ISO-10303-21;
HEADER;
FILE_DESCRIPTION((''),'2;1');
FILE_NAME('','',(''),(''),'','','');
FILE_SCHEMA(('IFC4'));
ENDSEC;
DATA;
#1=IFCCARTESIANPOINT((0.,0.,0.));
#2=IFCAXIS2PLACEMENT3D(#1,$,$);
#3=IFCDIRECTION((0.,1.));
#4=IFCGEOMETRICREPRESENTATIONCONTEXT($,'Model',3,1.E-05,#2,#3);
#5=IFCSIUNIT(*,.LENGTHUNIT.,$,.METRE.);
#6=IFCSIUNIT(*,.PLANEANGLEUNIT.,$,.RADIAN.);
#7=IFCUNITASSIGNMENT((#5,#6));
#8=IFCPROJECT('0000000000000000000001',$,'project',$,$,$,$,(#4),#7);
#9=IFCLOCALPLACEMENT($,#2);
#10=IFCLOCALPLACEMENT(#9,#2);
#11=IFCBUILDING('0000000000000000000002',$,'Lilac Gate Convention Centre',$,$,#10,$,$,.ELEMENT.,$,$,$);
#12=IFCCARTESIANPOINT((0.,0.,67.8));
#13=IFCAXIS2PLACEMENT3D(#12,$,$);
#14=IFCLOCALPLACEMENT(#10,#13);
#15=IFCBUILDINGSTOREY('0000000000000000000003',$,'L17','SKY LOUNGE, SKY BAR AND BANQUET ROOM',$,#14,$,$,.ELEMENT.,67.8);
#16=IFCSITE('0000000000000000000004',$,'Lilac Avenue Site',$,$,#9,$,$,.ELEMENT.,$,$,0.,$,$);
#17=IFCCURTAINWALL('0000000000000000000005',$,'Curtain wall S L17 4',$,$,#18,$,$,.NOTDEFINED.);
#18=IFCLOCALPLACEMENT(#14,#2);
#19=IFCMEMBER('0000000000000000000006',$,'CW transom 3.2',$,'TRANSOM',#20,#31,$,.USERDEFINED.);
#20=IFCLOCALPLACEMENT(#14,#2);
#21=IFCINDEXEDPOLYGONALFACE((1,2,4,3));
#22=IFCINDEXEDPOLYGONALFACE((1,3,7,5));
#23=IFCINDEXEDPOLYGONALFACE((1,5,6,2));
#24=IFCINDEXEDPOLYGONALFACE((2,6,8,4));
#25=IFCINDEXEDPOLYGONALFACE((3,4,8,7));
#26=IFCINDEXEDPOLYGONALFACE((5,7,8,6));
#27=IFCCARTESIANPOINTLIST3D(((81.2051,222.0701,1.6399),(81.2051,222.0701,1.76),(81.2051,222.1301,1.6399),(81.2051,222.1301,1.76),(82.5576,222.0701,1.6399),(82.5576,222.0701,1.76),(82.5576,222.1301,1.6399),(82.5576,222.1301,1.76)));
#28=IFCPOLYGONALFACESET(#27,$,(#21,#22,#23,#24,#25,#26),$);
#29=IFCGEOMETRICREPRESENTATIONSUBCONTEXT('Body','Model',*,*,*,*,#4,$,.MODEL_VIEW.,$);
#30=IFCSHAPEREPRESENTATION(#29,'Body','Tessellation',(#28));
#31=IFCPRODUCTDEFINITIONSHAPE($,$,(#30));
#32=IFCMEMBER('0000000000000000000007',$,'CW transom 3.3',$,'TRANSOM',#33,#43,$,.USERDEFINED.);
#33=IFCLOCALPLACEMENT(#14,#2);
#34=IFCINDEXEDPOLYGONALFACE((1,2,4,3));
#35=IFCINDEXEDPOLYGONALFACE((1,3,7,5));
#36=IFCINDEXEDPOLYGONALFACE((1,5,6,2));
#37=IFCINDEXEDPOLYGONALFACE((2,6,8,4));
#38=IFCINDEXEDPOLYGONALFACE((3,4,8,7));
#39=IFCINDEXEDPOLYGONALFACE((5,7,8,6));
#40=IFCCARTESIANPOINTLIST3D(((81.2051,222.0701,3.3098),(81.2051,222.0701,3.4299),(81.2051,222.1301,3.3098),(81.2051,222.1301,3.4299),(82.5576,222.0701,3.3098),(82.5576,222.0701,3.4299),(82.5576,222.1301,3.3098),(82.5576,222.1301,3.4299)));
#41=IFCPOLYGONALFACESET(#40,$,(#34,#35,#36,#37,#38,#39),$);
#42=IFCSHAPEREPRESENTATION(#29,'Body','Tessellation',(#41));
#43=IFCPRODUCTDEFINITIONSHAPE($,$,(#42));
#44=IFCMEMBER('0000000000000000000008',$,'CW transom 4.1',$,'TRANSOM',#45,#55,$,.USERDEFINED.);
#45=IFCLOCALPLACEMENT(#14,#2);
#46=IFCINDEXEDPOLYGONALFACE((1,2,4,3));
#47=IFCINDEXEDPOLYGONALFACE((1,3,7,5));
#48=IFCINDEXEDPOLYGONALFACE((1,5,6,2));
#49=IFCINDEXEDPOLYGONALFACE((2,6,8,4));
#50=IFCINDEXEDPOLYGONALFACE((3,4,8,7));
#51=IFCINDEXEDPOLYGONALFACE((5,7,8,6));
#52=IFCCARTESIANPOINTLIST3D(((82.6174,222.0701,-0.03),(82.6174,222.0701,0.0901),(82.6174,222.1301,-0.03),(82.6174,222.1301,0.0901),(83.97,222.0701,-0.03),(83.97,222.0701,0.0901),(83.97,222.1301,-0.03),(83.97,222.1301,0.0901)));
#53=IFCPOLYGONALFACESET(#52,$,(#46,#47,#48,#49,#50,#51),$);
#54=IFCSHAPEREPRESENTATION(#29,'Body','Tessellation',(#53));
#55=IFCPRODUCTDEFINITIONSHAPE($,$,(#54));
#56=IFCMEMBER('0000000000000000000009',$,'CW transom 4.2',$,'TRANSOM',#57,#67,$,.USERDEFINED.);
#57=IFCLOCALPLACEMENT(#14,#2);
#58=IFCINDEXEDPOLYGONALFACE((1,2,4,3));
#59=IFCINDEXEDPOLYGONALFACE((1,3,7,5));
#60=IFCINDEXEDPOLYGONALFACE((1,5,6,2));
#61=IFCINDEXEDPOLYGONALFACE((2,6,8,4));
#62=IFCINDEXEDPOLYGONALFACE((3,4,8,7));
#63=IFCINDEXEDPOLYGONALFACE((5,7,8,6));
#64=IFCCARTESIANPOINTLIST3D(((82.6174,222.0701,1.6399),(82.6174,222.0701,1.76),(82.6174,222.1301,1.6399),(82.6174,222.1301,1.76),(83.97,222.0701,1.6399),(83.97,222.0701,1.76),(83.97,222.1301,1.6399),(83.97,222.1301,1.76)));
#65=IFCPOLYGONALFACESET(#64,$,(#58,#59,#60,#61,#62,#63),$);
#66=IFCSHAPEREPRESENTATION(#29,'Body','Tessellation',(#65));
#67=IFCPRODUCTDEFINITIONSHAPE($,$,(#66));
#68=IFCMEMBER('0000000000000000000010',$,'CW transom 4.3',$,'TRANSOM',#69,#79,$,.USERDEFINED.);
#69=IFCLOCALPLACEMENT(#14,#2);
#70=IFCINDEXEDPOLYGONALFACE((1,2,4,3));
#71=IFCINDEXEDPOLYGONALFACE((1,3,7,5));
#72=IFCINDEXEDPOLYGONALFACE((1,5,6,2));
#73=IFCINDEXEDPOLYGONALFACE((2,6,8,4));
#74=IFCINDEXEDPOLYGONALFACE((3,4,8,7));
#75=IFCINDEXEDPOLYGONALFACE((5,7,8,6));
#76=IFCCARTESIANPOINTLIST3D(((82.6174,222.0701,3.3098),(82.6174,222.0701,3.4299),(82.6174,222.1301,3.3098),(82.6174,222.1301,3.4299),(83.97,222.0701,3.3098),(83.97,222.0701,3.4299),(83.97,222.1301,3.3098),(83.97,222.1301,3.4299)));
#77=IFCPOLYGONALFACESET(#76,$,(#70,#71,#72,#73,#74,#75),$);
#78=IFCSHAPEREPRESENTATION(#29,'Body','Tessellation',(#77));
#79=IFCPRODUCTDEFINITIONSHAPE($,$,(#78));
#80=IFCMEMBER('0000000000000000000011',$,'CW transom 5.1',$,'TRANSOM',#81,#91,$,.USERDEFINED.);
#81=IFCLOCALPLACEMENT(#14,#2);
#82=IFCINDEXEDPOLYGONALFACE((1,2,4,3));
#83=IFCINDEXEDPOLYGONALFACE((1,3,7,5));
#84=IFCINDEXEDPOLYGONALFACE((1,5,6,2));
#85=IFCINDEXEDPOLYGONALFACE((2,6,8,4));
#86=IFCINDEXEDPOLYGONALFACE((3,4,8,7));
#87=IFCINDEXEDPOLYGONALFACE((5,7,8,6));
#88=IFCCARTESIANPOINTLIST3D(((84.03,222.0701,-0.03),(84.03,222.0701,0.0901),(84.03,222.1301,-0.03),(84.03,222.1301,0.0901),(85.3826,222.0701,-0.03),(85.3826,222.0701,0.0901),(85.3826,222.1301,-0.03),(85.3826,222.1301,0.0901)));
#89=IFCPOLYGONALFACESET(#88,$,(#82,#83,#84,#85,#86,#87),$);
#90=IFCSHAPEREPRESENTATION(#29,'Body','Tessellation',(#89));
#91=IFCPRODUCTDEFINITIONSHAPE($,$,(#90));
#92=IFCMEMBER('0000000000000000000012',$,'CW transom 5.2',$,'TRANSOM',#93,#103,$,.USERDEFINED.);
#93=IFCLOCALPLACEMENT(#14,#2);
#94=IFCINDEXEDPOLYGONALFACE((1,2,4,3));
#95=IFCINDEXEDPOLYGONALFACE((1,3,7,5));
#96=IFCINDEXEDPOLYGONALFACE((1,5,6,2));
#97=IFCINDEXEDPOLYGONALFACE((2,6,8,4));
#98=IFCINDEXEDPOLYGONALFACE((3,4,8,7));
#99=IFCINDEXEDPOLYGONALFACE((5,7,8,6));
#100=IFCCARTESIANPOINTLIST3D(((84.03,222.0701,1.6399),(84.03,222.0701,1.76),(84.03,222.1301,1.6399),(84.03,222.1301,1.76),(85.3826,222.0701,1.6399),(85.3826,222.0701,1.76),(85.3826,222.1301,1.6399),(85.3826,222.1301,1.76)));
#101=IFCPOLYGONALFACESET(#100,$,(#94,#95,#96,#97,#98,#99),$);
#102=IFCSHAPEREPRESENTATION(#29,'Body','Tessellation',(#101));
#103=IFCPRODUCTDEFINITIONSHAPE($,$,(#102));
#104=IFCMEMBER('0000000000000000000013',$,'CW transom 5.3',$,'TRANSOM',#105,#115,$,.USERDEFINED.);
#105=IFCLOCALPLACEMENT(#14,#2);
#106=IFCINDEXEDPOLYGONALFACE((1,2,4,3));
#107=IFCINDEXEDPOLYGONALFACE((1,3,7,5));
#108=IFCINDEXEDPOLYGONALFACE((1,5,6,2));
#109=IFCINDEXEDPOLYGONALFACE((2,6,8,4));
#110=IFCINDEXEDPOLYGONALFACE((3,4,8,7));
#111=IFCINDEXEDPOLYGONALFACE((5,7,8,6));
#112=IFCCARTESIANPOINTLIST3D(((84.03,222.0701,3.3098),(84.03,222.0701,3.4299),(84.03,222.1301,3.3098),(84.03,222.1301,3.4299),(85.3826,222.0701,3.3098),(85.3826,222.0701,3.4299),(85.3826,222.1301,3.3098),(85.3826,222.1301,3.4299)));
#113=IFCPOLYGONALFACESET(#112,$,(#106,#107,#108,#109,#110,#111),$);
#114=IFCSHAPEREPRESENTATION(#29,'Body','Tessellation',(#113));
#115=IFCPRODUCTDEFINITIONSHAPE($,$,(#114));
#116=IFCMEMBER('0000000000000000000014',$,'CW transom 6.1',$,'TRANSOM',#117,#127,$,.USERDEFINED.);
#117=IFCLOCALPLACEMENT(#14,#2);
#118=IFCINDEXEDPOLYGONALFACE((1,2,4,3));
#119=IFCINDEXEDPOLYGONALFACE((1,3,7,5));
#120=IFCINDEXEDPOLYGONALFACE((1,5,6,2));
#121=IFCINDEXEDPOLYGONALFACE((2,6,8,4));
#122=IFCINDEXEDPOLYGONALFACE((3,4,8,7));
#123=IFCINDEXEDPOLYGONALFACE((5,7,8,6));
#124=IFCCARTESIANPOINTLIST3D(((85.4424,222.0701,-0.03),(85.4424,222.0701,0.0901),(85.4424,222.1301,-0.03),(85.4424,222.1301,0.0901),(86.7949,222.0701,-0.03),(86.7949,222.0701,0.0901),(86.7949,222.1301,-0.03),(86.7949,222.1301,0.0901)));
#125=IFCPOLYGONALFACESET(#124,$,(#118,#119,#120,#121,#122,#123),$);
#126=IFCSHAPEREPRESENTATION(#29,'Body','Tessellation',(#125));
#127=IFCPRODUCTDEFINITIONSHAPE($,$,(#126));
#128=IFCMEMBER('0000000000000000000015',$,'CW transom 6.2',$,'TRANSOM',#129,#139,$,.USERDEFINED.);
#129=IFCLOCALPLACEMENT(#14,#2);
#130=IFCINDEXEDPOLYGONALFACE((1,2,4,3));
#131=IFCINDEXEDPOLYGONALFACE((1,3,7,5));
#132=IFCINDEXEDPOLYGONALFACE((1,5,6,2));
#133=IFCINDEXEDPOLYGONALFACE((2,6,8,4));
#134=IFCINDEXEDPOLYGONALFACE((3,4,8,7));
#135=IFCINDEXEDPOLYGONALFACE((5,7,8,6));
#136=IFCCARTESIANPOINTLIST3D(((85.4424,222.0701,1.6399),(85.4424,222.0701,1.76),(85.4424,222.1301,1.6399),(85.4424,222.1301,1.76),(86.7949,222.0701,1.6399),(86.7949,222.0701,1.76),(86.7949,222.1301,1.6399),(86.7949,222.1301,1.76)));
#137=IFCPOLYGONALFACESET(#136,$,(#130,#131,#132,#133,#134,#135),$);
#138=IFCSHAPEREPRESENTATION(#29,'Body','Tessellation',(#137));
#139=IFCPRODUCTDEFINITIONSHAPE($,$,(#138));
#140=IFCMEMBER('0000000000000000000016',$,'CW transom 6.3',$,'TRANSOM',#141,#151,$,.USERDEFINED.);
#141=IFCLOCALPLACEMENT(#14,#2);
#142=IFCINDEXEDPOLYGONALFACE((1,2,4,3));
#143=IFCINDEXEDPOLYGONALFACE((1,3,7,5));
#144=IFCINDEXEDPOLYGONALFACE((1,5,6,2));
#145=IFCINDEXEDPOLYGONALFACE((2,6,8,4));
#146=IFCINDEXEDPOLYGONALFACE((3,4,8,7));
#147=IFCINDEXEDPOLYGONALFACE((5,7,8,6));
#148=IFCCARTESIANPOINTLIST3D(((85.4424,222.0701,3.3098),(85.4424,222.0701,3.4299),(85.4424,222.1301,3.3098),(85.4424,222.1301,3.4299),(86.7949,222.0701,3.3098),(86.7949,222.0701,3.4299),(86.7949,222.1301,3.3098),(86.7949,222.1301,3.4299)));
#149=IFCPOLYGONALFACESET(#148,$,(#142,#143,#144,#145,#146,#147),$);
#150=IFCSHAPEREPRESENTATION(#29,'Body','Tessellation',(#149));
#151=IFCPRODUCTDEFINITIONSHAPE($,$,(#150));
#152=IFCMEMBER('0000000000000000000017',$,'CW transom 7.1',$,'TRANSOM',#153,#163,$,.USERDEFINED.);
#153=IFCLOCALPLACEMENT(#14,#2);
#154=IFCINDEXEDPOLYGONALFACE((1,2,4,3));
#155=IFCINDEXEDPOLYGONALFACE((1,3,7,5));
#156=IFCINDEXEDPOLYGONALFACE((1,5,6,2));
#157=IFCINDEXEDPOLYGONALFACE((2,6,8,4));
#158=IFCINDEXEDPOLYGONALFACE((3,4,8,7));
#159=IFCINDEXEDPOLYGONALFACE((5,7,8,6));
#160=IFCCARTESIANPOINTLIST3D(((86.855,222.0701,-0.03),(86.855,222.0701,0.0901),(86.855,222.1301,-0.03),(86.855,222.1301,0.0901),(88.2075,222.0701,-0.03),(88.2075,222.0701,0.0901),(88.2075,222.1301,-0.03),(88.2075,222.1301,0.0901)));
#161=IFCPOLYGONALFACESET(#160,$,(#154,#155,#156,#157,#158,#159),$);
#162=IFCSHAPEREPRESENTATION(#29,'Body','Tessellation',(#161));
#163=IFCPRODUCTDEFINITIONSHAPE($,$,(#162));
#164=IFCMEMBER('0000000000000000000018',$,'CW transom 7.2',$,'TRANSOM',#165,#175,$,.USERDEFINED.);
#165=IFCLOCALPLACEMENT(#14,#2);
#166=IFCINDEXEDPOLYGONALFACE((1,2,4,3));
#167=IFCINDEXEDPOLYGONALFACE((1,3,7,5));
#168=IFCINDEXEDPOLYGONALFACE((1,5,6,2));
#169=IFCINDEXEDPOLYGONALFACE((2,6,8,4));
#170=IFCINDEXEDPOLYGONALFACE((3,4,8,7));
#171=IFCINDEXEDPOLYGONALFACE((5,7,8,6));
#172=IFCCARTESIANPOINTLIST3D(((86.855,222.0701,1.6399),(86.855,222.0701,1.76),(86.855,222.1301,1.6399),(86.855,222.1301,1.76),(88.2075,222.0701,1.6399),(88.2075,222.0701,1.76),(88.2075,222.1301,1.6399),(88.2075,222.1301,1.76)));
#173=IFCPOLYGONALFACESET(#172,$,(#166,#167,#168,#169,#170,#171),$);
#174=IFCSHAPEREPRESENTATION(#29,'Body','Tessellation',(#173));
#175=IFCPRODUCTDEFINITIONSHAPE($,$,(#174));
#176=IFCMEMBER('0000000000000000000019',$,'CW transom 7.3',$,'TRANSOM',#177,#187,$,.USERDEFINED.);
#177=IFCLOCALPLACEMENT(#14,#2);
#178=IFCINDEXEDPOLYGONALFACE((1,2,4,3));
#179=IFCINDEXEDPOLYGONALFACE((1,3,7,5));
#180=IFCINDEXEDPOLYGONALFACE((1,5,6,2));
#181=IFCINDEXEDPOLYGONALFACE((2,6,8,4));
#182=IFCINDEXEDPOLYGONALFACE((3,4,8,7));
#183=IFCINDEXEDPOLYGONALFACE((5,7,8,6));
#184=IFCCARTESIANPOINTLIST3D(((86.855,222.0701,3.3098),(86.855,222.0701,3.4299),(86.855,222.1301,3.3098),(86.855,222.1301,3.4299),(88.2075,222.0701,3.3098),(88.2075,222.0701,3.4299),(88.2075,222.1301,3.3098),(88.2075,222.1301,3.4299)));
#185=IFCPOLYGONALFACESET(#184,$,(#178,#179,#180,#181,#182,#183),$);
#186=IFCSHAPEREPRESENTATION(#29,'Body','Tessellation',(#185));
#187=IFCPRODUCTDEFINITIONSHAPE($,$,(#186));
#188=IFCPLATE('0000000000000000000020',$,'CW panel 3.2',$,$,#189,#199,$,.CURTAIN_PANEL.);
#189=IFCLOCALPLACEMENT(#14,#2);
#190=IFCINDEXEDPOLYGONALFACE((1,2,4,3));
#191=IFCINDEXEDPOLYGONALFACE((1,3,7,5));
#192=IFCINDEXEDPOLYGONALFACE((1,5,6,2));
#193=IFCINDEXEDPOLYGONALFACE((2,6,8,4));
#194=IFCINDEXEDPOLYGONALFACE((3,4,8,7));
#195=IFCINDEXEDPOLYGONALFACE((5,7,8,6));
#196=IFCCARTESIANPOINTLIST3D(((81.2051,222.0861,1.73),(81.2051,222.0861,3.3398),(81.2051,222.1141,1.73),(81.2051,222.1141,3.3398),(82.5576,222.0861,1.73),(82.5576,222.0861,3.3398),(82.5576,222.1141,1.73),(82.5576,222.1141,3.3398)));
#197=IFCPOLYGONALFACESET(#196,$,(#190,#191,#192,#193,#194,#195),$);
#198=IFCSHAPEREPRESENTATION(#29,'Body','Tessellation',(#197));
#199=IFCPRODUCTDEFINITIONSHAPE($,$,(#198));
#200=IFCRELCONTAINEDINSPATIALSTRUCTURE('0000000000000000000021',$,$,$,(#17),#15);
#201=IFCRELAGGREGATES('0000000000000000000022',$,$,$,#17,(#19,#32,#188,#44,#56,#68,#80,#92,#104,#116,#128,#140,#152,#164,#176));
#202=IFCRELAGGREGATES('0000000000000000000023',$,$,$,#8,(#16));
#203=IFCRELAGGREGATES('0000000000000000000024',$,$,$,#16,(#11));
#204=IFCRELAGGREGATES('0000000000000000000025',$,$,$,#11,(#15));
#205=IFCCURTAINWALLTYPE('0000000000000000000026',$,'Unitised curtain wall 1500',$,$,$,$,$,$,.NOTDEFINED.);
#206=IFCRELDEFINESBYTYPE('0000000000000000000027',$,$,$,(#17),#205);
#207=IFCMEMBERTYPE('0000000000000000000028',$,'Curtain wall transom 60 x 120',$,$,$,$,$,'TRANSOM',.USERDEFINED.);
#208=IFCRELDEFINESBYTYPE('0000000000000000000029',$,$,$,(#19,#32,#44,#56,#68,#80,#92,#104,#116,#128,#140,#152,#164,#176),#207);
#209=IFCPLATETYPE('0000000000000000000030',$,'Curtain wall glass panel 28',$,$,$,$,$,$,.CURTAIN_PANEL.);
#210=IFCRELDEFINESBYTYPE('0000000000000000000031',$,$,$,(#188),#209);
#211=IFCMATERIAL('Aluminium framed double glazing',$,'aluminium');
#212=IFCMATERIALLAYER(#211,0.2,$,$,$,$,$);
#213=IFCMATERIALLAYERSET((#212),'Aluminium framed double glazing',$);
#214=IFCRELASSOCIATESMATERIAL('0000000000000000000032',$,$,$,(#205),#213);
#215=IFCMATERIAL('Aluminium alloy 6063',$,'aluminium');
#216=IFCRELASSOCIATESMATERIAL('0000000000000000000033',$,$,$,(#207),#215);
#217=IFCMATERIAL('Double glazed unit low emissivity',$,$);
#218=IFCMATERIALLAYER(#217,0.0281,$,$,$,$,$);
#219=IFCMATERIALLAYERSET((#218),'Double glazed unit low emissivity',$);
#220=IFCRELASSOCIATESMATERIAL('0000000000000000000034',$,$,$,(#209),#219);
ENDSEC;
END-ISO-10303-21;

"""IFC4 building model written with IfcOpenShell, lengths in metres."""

from ifc_helpers import new_model, si_unit, direction, frame, origin, origin_2d, place, context, subcontext, project, spatial, rectangle, extrude, material, layer, layer_set, material_profile, profile_set, type_object, element, aggregate, save


model = new_model("IFC4")

# Units and contexts
model_context = context("Model", 3, precision=1e-05, world=origin(), true_north=direction((0.0, 1.0)))
body_context = subcontext(model_context, "Body", "Model", "MODEL_VIEW")
ifc_project = project(units=[si_unit("LENGTHUNIT", "METRE"), si_unit("PLANEANGLEUNIT", "RADIAN")], contexts=[model_context])

# Site, building, storey
site_placement = place(None, origin())
site = spatial("IfcSite", under=ifc_project, at=site_placement, Name="Lilac Avenue Site", CompositionType="ELEMENT", RefElevation=0.0)
building_placement = place(site_placement, origin())
building = spatial("IfcBuilding", under=site, at=building_placement, Name="Lilac Gate Convention Centre", CompositionType="ELEMENT")
storey_placement = place(building_placement, frame((0.0, 0.0, 67.8)))
storey = spatial("IfcBuildingStorey", under=building, at=storey_placement, Name="L17", Description="SKY LOUNGE, SKY BAR AND BANQUET ROOM", CompositionType="ELEMENT", Elevation=67.8)

# Curtain wall, members, plate
ifc_material_1 = material(Name="Aluminium framed double glazing", Category="aluminium")
ifc_layer_1 = layer(ifc_material_1, 0.2)
ifc_layer_set_1 = layer_set([ifc_layer_1], Name="Aluminium framed double glazing")
curtain_wall_type = type_object("IfcCurtainWallType", Name="Unitised curtain wall 1500", PredefinedType="NOTDEFINED", material=ifc_layer_set_1)
curtain_wall_placement = place(storey_placement, origin())
curtain_wall = element("IfcCurtainWall", 1, at=curtain_wall_placement, inside=storey, type_object=curtain_wall_type, Name="Curtain wall S L17 4", PredefinedType="NOTDEFINED")
ifc_material_2 = material(Name="Aluminium alloy 6063", Category="aluminium")
ifc_material_profile = material_profile(ifc_material_2, rectangle(XDim=0.0601, YDim=0.1201, at=origin_2d()), Name="Curtain wall transom 60 x 120")
ifc_profile_set = profile_set([ifc_material_profile], Name="Aluminium alloy 6063")
member_type = type_object("IfcMemberType", Name="Curtain wall transom 60 x 120", ElementType="TRANSOM", PredefinedType="USERDEFINED", material=ifc_profile_set)
member_1_placement = place(storey_placement, frame((81.2051, 222.1001, 1.7), z_axis=(1.0, 0.0, 0.0), x_axis=(0.0, 1.0, 0.0)))
member_1 = element("IfcMember", 2, at=member_1_placement, type_object=member_type, Name="CW transom 3.2", ObjectType="TRANSOM", PredefinedType="USERDEFINED", context=body_context, shape_type="SweptSolid", body=[
    extrude(rectangle(XDim=0.0601, YDim=0.1201, at=origin_2d()), origin(), (0.0, 0.0, 1.0), 1.3525),
])
member_2_placement = place(storey_placement, frame((81.2051, 222.1001, 3.3699), z_axis=(1.0, 0.0, 0.0), x_axis=(0.0, 1.0, 0.0)))
member_2 = element("IfcMember", 3, at=member_2_placement, type_object=member_type, Name="CW transom 3.3", ObjectType="TRANSOM", PredefinedType="USERDEFINED", context=body_context, shape_type="SweptSolid", body=[
    extrude(rectangle(XDim=0.0601, YDim=0.1201, at=origin_2d()), origin(), (0.0, 0.0, 1.0), 1.3525),
])
member_3_placement = place(storey_placement, frame((82.6174, 222.1001, 0.03), z_axis=(1.0, 0.0, 0.0), x_axis=(0.0, 1.0, 0.0)))
member_3 = element("IfcMember", 4, at=member_3_placement, type_object=member_type, Name="CW transom 4.1", ObjectType="TRANSOM", PredefinedType="USERDEFINED", context=body_context, shape_type="SweptSolid", body=[
    extrude(rectangle(XDim=0.0601, YDim=0.1201, at=origin_2d()), origin(), (0.0, 0.0, 1.0), 1.3525),
])
member_4_placement = place(storey_placement, frame((82.6174, 222.1001, 1.7), z_axis=(1.0, 0.0, 0.0), x_axis=(0.0, 1.0, 0.0)))
member_4 = element("IfcMember", 5, at=member_4_placement, type_object=member_type, Name="CW transom 4.2", ObjectType="TRANSOM", PredefinedType="USERDEFINED", context=body_context, shape_type="SweptSolid", body=[
    extrude(rectangle(XDim=0.0601, YDim=0.1201, at=origin_2d()), origin(), (0.0, 0.0, 1.0), 1.3525),
])
member_5_placement = place(storey_placement, frame((82.6174, 222.1001, 3.3699), z_axis=(1.0, 0.0, 0.0), x_axis=(0.0, 1.0, 0.0)))
member_5 = element("IfcMember", 6, at=member_5_placement, type_object=member_type, Name="CW transom 4.3", ObjectType="TRANSOM", PredefinedType="USERDEFINED", context=body_context, shape_type="SweptSolid", body=[
    extrude(rectangle(XDim=0.0601, YDim=0.1201, at=origin_2d()), origin(), (0.0, 0.0, 1.0), 1.3525),
])
member_6_placement = place(storey_placement, frame((84.03, 222.1001, 0.03), z_axis=(1.0, 0.0, 0.0), x_axis=(0.0, 1.0, 0.0)))
member_6 = element("IfcMember", 7, at=member_6_placement, type_object=member_type, Name="CW transom 5.1", ObjectType="TRANSOM", PredefinedType="USERDEFINED", context=body_context, shape_type="SweptSolid", body=[
    extrude(rectangle(XDim=0.0601, YDim=0.1201, at=origin_2d()), origin(), (0.0, 0.0, 1.0), 1.3525),
])
member_7_placement = place(storey_placement, frame((84.03, 222.1001, 1.7), z_axis=(1.0, 0.0, 0.0), x_axis=(0.0, 1.0, 0.0)))
member_7 = element("IfcMember", 8, at=member_7_placement, type_object=member_type, Name="CW transom 5.2", ObjectType="TRANSOM", PredefinedType="USERDEFINED", context=body_context, shape_type="SweptSolid", body=[
    extrude(rectangle(XDim=0.0601, YDim=0.1201, at=origin_2d()), origin(), (0.0, 0.0, 1.0), 1.3525),
])
member_8_placement = place(storey_placement, frame((84.03, 222.1001, 3.3699), z_axis=(1.0, 0.0, 0.0), x_axis=(0.0, 1.0, 0.0)))
member_8 = element("IfcMember", 9, at=member_8_placement, type_object=member_type, Name="CW transom 5.3", ObjectType="TRANSOM", PredefinedType="USERDEFINED", context=body_context, shape_type="SweptSolid", body=[
    extrude(rectangle(XDim=0.0601, YDim=0.1201, at=origin_2d()), origin(), (0.0, 0.0, 1.0), 1.3525),
])
member_9_placement = place(storey_placement, frame((85.4424, 222.1001, 0.03), z_axis=(1.0, 0.0, 0.0), x_axis=(0.0, 1.0, 0.0)))
member_9 = element("IfcMember", 10, at=member_9_placement, type_object=member_type, Name="CW transom 6.1", ObjectType="TRANSOM", PredefinedType="USERDEFINED", context=body_context, shape_type="SweptSolid", body=[
    extrude(rectangle(XDim=0.0601, YDim=0.1201, at=origin_2d()), origin(), (0.0, 0.0, 1.0), 1.3525),
])
member_10_placement = place(storey_placement, frame((85.4424, 222.1001, 1.7), z_axis=(1.0, 0.0, 0.0), x_axis=(0.0, 1.0, 0.0)))
member_10 = element("IfcMember", 11, at=member_10_placement, type_object=member_type, Name="CW transom 6.2", ObjectType="TRANSOM", PredefinedType="USERDEFINED", context=body_context, shape_type="SweptSolid", body=[
    extrude(rectangle(XDim=0.0601, YDim=0.1201, at=origin_2d()), origin(), (0.0, 0.0, 1.0), 1.3525),
])
member_11_placement = place(storey_placement, frame((85.4424, 222.1001, 3.3699), z_axis=(1.0, 0.0, 0.0), x_axis=(0.0, 1.0, 0.0)))
member_11 = element("IfcMember", 12, at=member_11_placement, type_object=member_type, Name="CW transom 6.3", ObjectType="TRANSOM", PredefinedType="USERDEFINED", context=body_context, shape_type="SweptSolid", body=[
    extrude(rectangle(XDim=0.0601, YDim=0.1201, at=origin_2d()), origin(), (0.0, 0.0, 1.0), 1.3525),
])
member_12_placement = place(storey_placement, frame((86.855, 222.1001, 0.03), z_axis=(1.0, 0.0, 0.0), x_axis=(0.0, 1.0, 0.0)))
member_12 = element("IfcMember", 13, at=member_12_placement, type_object=member_type, Name="CW transom 7.1", ObjectType="TRANSOM", PredefinedType="USERDEFINED", context=body_context, shape_type="SweptSolid", body=[
    extrude(rectangle(XDim=0.0601, YDim=0.1201, at=origin_2d()), origin(), (0.0, 0.0, 1.0), 1.3525),
])
member_13_placement = place(storey_placement, frame((86.855, 222.1001, 1.7), z_axis=(1.0, 0.0, 0.0), x_axis=(0.0, 1.0, 0.0)))
member_13 = element("IfcMember", 14, at=member_13_placement, type_object=member_type, Name="CW transom 7.2", ObjectType="TRANSOM", PredefinedType="USERDEFINED", context=body_context, shape_type="SweptSolid", body=[
    extrude(rectangle(XDim=0.0601, YDim=0.1201, at=origin_2d()), origin(), (0.0, 0.0, 1.0), 1.3525),
])
member_14_placement = place(storey_placement, frame((86.855, 222.1001, 3.3699), z_axis=(1.0, 0.0, 0.0), x_axis=(0.0, 1.0, 0.0)))
member_14 = element("IfcMember", 15, at=member_14_placement, type_object=member_type, Name="CW transom 7.3", ObjectType="TRANSOM", PredefinedType="USERDEFINED", context=body_context, shape_type="SweptSolid", body=[
    extrude(rectangle(XDim=0.0601, YDim=0.1201, at=origin_2d()), origin(), (0.0, 0.0, 1.0), 1.3525),
])
ifc_material_3 = material(Name="Double glazed unit low emissivity")
ifc_layer_2 = layer(ifc_material_3, 0.0281)
ifc_layer_set_2 = layer_set([ifc_layer_2], Name="Double glazed unit low emissivity")
plate_type_1 = type_object("IfcPlateType", Name="Curtain wall glass panel 28", PredefinedType="CURTAIN_PANEL", material=ifc_layer_set_2)
plate_1_placement = place(storey_placement, frame((81.8813, 222.1001, 1.73), z_axis=(0.0, 0.0, 1.0), x_axis=(1.0, 0.0, 0.0)))
plate_1 = element("IfcPlate", 16, at=plate_1_placement, type_object=plate_type_1, Name="CW panel 3.2", PredefinedType="CURTAIN_PANEL", context=body_context, shape_type="SweptSolid", body=[
    extrude(rectangle(XDim=1.3525, YDim=0.0281, at=origin_2d()), origin(), (0.0, 0.0, 1.0), 1.6099),
])
aggregate(curtain_wall, [member_1, member_2, plate_1, member_3, member_4, member_5, member_6, member_7, member_8, member_9, member_10, member_11, member_12, member_13, member_14])

save(model, "model.ifc")
